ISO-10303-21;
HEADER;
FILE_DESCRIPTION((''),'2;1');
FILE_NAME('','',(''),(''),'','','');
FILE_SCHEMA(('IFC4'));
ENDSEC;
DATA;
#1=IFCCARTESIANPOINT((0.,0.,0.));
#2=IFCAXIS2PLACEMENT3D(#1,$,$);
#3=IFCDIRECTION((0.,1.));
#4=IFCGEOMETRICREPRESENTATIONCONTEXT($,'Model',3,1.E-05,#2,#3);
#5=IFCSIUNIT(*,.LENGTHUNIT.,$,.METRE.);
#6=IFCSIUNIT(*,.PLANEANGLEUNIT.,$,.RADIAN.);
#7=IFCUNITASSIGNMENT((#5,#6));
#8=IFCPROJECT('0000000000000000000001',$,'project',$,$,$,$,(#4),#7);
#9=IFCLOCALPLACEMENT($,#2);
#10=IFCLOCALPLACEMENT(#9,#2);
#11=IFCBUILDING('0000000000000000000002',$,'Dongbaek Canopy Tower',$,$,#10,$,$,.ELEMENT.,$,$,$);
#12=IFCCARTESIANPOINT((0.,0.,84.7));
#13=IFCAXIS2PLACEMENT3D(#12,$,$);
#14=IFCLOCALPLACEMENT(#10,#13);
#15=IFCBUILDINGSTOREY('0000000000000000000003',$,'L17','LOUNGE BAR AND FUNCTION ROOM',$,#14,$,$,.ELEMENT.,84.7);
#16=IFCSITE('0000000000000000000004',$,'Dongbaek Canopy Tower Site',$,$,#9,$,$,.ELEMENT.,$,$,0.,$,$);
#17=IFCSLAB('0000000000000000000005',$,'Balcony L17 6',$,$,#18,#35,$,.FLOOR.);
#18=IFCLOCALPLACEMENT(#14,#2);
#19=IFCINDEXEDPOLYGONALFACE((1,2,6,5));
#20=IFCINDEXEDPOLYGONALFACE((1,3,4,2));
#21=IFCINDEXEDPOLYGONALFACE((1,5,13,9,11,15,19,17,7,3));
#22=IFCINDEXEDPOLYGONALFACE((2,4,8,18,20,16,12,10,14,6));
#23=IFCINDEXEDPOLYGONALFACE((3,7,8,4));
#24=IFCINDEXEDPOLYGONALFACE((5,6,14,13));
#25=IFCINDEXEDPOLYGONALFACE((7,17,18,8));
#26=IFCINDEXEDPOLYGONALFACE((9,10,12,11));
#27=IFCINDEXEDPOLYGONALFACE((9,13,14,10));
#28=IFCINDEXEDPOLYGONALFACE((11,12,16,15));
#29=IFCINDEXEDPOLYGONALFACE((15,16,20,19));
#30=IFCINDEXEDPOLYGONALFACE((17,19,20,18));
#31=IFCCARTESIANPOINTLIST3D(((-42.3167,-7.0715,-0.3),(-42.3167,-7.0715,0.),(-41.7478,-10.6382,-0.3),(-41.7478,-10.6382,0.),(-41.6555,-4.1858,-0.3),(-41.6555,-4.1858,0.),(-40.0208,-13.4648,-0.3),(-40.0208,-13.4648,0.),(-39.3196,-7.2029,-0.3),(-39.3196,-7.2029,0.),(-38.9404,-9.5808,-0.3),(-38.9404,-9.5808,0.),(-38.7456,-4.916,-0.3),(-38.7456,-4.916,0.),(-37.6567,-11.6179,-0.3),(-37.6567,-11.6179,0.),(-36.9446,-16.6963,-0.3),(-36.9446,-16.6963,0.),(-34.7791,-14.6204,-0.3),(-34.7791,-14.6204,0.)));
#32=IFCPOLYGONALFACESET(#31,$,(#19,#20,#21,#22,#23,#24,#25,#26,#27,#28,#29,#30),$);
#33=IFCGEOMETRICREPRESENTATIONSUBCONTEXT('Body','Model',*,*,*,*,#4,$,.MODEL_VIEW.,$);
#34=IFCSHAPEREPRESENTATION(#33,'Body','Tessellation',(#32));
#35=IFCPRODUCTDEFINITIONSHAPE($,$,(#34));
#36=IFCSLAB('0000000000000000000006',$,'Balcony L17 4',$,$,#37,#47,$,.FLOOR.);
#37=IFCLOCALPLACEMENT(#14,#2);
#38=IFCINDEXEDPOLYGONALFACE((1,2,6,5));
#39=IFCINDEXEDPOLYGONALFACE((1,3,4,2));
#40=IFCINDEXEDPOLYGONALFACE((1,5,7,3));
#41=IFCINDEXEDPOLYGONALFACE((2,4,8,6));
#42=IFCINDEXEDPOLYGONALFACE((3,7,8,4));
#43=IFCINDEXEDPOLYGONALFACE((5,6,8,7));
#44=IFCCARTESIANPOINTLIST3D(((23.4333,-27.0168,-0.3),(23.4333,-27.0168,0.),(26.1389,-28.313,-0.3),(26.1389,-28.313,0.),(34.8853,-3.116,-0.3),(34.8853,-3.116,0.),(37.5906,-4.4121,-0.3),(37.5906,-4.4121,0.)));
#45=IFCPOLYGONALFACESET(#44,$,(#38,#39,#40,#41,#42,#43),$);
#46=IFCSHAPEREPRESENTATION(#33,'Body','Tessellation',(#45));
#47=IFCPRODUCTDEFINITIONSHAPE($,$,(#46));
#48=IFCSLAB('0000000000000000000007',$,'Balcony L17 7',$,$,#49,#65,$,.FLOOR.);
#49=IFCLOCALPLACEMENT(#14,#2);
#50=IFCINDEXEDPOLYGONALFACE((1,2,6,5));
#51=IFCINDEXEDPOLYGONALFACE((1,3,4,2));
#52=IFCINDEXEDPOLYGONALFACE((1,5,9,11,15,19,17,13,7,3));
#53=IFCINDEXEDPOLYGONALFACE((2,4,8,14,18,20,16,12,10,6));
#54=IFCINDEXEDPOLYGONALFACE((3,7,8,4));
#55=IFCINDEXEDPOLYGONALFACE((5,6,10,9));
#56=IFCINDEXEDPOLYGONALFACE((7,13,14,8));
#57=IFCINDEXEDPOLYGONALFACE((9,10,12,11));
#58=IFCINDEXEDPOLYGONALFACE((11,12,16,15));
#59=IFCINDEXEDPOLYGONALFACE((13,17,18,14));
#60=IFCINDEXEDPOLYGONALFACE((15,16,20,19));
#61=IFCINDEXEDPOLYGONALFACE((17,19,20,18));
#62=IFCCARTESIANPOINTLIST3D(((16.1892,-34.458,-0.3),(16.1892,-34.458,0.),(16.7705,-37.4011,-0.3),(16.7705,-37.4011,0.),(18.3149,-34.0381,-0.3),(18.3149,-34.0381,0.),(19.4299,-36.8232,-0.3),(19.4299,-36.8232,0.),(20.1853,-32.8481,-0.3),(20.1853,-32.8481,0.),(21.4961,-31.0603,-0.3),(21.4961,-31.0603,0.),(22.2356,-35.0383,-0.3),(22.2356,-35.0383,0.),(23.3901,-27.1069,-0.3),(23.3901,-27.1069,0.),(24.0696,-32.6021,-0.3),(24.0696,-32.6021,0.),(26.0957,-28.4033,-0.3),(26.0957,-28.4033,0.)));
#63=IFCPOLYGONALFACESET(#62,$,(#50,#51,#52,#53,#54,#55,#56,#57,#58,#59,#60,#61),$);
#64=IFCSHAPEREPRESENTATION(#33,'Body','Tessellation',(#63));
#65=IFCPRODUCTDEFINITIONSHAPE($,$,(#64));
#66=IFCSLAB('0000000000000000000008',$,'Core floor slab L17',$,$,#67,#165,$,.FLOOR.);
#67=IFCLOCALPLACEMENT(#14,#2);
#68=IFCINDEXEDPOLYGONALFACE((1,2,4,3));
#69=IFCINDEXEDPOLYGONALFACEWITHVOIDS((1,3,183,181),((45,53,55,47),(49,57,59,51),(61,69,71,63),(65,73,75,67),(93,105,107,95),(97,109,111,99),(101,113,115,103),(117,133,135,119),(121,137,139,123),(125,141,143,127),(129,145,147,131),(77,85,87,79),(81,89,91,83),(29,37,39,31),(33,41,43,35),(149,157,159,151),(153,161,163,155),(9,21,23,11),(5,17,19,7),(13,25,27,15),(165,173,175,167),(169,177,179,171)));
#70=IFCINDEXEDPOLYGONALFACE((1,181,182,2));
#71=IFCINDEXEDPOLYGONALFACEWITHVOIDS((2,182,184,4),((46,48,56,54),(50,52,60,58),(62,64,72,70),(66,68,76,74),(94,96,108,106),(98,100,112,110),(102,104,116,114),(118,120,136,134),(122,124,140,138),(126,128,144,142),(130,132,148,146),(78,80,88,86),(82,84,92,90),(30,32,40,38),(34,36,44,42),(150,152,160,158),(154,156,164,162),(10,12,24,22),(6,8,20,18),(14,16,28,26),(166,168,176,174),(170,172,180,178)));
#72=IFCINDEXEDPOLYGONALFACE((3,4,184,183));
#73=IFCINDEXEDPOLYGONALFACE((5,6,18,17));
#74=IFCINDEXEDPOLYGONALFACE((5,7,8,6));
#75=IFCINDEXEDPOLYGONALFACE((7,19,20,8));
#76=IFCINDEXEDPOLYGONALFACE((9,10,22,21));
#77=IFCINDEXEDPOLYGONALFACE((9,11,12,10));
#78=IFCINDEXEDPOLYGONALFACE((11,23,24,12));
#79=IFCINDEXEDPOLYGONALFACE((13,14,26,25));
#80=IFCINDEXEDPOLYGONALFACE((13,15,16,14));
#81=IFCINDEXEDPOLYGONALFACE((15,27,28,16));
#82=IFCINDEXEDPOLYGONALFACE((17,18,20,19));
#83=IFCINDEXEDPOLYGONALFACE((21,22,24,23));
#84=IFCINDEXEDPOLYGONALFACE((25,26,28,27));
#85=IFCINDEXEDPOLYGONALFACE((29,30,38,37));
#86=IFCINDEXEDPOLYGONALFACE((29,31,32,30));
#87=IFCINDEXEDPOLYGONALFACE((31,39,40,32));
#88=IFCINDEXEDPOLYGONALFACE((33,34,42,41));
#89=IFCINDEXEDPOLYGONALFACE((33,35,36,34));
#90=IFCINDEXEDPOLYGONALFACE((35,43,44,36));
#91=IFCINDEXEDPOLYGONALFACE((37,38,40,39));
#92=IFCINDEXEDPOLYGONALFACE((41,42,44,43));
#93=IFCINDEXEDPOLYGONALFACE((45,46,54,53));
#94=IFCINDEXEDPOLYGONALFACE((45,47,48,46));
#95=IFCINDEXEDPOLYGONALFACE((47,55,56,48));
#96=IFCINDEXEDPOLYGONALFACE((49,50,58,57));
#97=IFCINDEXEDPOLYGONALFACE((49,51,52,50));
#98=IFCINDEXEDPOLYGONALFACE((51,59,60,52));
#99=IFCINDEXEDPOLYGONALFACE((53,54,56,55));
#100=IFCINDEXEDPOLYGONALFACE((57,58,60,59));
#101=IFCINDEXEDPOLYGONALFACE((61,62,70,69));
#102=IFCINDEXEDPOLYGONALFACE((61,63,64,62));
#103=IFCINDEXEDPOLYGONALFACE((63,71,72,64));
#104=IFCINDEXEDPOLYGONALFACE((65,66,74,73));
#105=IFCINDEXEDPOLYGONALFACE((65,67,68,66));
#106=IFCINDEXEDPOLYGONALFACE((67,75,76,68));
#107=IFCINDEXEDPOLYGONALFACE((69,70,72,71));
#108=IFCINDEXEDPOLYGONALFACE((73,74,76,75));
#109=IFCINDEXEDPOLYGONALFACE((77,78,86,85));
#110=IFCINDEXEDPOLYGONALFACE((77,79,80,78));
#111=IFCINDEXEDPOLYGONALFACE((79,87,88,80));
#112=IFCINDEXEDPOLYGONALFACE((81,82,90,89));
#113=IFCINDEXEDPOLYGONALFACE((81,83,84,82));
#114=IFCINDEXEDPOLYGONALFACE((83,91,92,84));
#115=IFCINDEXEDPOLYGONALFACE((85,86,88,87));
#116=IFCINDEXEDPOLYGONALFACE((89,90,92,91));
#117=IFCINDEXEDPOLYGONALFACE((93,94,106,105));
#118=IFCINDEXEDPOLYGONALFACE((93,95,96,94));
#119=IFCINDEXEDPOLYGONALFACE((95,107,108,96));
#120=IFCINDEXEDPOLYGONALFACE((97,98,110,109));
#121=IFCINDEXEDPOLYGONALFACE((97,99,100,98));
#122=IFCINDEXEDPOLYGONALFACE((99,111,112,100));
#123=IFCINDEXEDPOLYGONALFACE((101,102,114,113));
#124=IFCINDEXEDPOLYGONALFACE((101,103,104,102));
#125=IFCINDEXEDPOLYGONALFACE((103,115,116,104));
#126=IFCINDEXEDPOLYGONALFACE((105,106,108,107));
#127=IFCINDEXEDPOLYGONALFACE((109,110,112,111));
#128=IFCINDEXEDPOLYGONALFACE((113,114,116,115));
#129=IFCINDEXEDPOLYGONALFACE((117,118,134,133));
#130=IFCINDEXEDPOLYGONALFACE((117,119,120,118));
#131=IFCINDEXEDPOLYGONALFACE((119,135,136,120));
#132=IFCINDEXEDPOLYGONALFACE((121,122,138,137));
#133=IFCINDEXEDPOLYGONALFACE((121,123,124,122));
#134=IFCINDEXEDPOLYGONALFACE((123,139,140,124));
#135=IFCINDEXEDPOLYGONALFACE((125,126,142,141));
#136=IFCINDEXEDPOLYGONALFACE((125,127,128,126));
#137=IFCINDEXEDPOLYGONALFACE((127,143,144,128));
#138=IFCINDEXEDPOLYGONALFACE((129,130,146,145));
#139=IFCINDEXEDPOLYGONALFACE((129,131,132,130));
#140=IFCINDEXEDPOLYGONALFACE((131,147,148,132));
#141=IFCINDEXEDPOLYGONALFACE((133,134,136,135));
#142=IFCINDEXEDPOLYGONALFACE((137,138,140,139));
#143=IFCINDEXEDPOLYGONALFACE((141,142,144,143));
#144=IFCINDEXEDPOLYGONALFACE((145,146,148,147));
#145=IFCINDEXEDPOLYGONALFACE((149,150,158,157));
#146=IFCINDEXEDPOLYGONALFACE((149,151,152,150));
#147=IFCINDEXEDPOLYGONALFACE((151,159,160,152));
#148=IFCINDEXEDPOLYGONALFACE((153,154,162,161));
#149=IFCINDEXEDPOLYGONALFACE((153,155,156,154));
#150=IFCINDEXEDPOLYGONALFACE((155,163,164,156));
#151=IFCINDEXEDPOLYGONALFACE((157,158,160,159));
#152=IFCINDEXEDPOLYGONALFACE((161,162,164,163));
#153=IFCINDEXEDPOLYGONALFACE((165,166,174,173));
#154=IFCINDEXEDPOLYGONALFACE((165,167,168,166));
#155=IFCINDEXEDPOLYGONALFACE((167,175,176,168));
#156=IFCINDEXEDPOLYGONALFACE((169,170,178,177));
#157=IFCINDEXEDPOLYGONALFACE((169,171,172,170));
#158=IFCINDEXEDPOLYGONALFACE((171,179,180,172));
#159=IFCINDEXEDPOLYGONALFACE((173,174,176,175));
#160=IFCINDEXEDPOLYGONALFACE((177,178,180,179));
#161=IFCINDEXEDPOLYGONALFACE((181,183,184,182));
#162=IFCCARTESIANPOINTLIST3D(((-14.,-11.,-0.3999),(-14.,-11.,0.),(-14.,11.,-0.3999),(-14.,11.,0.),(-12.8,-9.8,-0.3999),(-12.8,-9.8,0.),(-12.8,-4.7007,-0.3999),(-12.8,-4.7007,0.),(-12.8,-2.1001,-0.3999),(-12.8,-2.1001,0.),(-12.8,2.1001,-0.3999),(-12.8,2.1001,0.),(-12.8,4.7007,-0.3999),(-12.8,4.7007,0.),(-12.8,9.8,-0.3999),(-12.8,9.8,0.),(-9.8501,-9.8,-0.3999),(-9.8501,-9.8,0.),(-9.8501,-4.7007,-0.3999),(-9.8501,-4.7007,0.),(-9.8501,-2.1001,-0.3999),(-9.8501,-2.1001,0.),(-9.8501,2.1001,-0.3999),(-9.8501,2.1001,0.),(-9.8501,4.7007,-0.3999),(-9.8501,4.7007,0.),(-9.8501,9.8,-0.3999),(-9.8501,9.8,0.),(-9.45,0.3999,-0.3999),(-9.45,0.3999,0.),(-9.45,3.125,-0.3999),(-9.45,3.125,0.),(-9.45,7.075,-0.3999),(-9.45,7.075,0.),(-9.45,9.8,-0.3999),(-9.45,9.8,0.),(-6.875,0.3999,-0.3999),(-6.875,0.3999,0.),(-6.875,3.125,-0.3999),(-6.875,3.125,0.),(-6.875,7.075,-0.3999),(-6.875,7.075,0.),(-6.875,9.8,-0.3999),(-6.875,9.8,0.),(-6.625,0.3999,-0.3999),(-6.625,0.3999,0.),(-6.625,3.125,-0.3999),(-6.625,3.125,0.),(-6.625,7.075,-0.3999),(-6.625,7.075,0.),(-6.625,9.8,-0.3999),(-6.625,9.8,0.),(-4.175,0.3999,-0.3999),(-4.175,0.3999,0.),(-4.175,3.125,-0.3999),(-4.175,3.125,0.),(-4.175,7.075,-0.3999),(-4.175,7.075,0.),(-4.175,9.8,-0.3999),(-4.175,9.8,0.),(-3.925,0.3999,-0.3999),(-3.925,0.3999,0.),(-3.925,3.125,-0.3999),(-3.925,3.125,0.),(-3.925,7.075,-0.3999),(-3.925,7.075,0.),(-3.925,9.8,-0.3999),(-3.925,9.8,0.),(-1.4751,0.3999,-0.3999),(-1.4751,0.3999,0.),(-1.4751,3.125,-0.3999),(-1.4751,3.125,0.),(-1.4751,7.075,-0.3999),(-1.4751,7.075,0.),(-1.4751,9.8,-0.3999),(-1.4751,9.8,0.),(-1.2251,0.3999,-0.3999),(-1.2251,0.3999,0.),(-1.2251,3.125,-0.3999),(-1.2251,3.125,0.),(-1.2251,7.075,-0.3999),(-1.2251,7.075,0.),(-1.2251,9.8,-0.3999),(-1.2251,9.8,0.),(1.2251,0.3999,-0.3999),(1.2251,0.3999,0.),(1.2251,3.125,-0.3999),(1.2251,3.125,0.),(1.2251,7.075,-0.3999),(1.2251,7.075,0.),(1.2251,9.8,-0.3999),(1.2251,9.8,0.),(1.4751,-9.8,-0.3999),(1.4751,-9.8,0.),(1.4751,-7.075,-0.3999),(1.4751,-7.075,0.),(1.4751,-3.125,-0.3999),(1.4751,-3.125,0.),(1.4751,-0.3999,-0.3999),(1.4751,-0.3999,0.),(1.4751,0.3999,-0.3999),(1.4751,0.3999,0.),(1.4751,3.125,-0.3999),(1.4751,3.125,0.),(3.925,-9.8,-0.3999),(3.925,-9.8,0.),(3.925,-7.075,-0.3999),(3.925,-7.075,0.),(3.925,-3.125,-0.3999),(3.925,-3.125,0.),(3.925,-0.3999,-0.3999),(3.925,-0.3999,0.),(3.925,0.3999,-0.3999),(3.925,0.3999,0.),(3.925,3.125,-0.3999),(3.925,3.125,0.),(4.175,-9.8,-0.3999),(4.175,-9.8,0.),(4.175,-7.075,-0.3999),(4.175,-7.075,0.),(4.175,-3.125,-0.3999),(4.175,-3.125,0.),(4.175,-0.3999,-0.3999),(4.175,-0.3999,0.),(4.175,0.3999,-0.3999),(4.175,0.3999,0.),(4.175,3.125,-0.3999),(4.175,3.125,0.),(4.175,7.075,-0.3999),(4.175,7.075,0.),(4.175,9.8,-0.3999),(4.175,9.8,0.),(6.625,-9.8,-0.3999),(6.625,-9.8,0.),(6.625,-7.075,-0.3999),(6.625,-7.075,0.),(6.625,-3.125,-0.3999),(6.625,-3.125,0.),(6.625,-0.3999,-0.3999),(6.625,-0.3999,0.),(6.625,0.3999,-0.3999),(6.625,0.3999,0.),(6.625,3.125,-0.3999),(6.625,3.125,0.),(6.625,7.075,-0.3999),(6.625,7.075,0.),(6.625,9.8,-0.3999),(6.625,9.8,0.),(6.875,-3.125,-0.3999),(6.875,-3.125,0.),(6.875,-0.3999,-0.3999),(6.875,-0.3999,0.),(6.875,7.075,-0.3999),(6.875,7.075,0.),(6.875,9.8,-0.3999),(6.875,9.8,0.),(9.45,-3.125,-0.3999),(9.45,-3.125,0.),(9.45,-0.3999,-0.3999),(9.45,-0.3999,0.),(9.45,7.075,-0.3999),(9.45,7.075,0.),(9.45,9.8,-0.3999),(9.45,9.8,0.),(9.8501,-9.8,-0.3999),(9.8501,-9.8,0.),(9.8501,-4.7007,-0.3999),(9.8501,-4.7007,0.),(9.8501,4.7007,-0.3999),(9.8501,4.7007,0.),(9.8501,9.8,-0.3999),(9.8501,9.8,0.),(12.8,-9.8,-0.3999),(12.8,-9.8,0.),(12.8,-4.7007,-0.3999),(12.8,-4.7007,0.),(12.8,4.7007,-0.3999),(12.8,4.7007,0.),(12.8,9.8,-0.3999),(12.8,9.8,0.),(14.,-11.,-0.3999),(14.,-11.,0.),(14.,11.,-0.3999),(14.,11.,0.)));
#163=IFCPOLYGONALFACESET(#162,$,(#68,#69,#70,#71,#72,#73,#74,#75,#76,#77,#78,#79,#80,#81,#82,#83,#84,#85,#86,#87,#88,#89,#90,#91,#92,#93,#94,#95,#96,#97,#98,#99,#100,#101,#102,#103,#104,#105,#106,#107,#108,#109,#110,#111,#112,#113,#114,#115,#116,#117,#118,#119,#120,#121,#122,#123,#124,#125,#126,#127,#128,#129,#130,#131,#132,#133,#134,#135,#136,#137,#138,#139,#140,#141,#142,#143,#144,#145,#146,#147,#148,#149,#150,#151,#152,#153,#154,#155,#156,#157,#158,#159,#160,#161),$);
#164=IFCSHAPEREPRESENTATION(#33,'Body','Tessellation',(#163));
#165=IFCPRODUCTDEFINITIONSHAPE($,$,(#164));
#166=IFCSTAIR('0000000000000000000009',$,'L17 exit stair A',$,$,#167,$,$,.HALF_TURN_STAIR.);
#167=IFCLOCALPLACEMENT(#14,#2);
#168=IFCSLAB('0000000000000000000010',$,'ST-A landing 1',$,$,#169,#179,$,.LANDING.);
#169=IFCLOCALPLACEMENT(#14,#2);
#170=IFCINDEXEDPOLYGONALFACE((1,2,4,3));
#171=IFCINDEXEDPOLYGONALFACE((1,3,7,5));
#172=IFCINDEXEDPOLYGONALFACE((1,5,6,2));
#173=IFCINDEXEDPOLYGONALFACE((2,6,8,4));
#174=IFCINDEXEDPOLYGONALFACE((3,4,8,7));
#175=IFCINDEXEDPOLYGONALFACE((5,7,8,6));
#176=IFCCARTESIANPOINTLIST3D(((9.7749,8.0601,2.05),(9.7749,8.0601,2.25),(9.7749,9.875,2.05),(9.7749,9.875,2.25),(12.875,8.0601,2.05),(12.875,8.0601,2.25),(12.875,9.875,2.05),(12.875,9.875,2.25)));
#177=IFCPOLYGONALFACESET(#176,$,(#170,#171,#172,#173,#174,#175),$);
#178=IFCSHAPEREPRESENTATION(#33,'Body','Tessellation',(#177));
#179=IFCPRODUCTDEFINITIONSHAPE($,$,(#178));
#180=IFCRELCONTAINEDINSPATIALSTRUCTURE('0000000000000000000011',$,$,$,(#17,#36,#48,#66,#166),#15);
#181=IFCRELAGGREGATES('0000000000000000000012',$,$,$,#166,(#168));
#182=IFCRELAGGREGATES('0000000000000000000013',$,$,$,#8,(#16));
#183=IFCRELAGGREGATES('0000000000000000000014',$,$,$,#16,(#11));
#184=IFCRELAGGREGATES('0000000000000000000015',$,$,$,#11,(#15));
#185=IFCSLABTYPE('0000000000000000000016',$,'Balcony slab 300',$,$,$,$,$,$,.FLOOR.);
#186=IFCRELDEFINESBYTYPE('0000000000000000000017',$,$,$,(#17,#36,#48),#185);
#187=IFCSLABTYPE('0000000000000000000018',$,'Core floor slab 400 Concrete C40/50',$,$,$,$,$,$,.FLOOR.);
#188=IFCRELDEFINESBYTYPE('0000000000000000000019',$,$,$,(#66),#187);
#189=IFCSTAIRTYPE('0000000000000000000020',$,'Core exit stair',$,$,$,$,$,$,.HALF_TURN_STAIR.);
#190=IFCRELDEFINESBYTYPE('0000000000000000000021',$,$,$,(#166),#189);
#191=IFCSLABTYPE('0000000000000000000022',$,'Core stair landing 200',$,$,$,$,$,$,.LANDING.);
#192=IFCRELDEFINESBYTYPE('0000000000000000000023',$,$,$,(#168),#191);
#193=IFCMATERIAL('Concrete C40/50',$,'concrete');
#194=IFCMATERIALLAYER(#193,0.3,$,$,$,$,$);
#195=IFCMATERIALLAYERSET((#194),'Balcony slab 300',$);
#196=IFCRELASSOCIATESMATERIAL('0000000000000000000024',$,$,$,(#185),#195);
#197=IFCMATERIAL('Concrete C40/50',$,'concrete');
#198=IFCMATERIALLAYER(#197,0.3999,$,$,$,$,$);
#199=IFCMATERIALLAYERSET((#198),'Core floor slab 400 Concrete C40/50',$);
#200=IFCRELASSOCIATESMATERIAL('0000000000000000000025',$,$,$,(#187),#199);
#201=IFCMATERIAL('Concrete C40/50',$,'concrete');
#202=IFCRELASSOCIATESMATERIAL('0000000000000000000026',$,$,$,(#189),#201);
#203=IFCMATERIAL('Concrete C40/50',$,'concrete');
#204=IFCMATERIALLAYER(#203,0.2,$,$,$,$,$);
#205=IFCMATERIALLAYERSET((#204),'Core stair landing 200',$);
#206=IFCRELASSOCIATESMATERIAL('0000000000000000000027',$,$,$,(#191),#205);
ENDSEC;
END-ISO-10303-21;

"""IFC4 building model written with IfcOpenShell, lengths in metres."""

from ifc_helpers import new_model, si_unit, direction, frame, origin, place, context, subcontext, project, spatial, polyline, outline, extrude, material, layer, layer_set, type_object, element, aggregate, save


model = new_model("IFC4")

# Units and contexts
model_context = context("Model", 3, precision=1e-05, world=origin(), true_north=direction((0.0, 1.0)))
body_context = subcontext(model_context, "Body", "Model", "MODEL_VIEW")
ifc_project = project(units=[si_unit("LENGTHUNIT", "METRE"), si_unit("PLANEANGLEUNIT", "RADIAN")], contexts=[model_context])

# Site, building, storey
site_placement = place(None, origin())
site = spatial("IfcSite", under=ifc_project, at=site_placement, Name="Dongbaek Canopy Tower Site", CompositionType="ELEMENT", RefElevation=0.0)
building_placement = place(site_placement, origin())
building = spatial("IfcBuilding", under=site, at=building_placement, Name="Dongbaek Canopy Tower", CompositionType="ELEMENT")
storey_placement = place(building_placement, frame((0.0, 0.0, 84.7)))
storey = spatial("IfcBuildingStorey", under=building, at=storey_placement, Name="L17", Description="LOUNGE BAR AND FUNCTION ROOM", CompositionType="ELEMENT", Elevation=84.7)

# Slabs
ifc_material_1 = material(Name="Concrete C40/50", Category="concrete")
ifc_layer_1 = layer(ifc_material_1, 0.3)
ifc_layer_set_1 = layer_set([ifc_layer_1], Name="Balcony slab 300")
slab_type_1 = type_object("IfcSlabType", Name="Balcony slab 300", PredefinedType="FLOOR", material=ifc_layer_set_1)
slab_1_placement = place(storey_placement, frame((0.0, 0.0, -0.3)))
element("IfcSlab", 1, at=slab_1_placement, inside=storey, type_object=slab_type_1, Name="Balcony L17 6", PredefinedType="FLOOR", context=body_context, shape_type="SweptSolid", body=[
    extrude(outline(polyline([(-38.7456, -4.916), (-39.3196, -7.2029), (-38.9404, -9.5808), (-37.6567, -11.6179), (-34.7791, -14.6204), (-36.9446, -16.6963), (-40.0208, -13.4648), (-41.7478, -10.6382), (-42.3167, -7.0715), (-41.6555, -4.1858), (-38.7456, -4.916)])), origin(), (0.0, 0.0, 1.0), 0.3),
])
slab_2_placement = place(storey_placement, frame((0.0, 0.0, -0.3)))
element("IfcSlab", 2, at=slab_2_placement, inside=storey, type_object=slab_type_1, Name="Balcony L17 4", PredefinedType="FLOOR", context=body_context, shape_type="SweptSolid", body=[
    extrude(outline(polyline([(23.4333, -27.0168), (34.8853, -3.116), (37.5906, -4.4121), (26.1389, -28.313), (23.4333, -27.0168)])), origin(), (0.0, 0.0, 1.0), 0.3),
])
slab_3_placement = place(storey_placement, frame((0.0, 0.0, -0.3)))
element("IfcSlab", 3, at=slab_3_placement, inside=storey, type_object=slab_type_1, Name="Balcony L17 7", PredefinedType="FLOOR", context=body_context, shape_type="SweptSolid", body=[
    extrude(outline(polyline([(16.1892, -34.458), (18.3149, -34.0381), (20.1853, -32.8481), (21.4961, -31.0603), (23.3901, -27.1069), (26.0957, -28.4033), (24.0696, -32.6021), (22.2356, -35.0383), (19.4299, -36.8232), (16.7705, -37.4011), (16.1892, -34.458)])), origin(), (0.0, 0.0, 1.0), 0.3),
])
ifc_material_2 = material(Name="Concrete C40/50", Category="concrete")
ifc_layer_2 = layer(ifc_material_2, 0.3999)
ifc_layer_set_2 = layer_set([ifc_layer_2], Name="Core floor slab 400 Concrete C40/50")
slab_type_2 = type_object("IfcSlabType", Name="Core floor slab 400 Concrete C40/50", PredefinedType="FLOOR", material=ifc_layer_set_2)
slab_4_placement = place(storey_placement, frame((0.0, 0.0, -0.3999)))
element("IfcSlab", 4, at=slab_4_placement, inside=storey, type_object=slab_type_2, Name="Core floor slab L17", PredefinedType="FLOOR", context=body_context, shape_type="SweptSolid", body=[
    extrude(outline(polyline([(14.0, -11.0), (14.0, 11.0), (-14.0, 11.0), (-14.0, -11.0), (14.0, -11.0)]), holes=[polyline([(-12.8, 2.1001), (-9.8501, 2.1001), (-9.8501, -2.1001), (-12.8, -2.1001), (-12.8, 2.1001)]), polyline([(-6.875, 9.8), (-6.875, 7.075), (-9.45, 7.075), (-9.45, 9.8), (-6.875, 9.8)]), polyline([(-4.175, 9.8), (-4.175, 7.075), (-6.625, 7.075), (-6.625, 9.8), (-4.175, 9.8)]), polyline([(-1.4751, 9.8), (-1.4751, 7.075), (-3.925, 7.075), (-3.925, 9.8), (-1.4751, 9.8)]), polyline([(1.2251, 9.8), (1.2251, 7.075), (-1.2251, 7.075), (-1.2251, 9.8), (1.2251, 9.8)]), polyline([(6.625, 9.8), (6.625, 7.075), (4.175, 7.075), (4.175, 9.8), (6.625, 9.8)]), polyline([(9.45, 7.075), (6.875, 7.075), (6.875, 9.8), (9.45, 9.8), (9.45, 7.075)]), polyline([(-9.45, 3.125), (-6.875, 3.125), (-6.875, 0.3999), (-9.45, 0.3999), (-9.45, 3.125)]), polyline([(-6.625, 3.125), (-4.175, 3.125), (-4.175, 0.3999), (-6.625, 0.3999), (-6.625, 3.125)]), polyline([(-3.925, 3.125), (-1.4751, 3.125), (-1.4751, 0.3999), (-3.925, 0.3999), (-3.925, 3.125)]), polyline([(-1.2251, 3.125), (1.2251, 3.125), (1.2251, 0.3999), (-1.2251, 0.3999), (-1.2251, 3.125)]), polyline([(1.4751, 0.3999), (1.4751, 3.125), (3.925, 3.125), (3.925, 0.3999), (1.4751, 0.3999)]), polyline([(4.175, 0.3999), (4.175, 3.125), (6.625, 3.125), (6.625, 0.3999), (4.175, 0.3999)]), polyline([(3.925, -0.3999), (3.925, -3.125), (1.4751, -3.125), (1.4751, -0.3999), (3.925, -0.3999)]), polyline([(6.625, -0.3999), (6.625, -3.125), (4.175, -3.125), (4.175, -0.3999), (6.625, -0.3999)]), polyline([(9.45, -3.125), (6.875, -3.125), (6.875, -0.3999), (9.45, -0.3999), (9.45, -3.125)]), polyline([(1.4751, -9.8), (1.4751, -7.075), (3.925, -7.075), (3.925, -9.8), (1.4751, -9.8)]), polyline([(4.175, -9.8), (4.175, -7.075), (6.625, -7.075), (6.625, -9.8), (4.175, -9.8)]), polyline([(12.8, 4.7007), (12.8, 9.8), (9.8501, 9.8), (9.8501, 4.7007), (12.8, 4.7007)]), polyline([(-9.8501, 4.7007), (-9.8501, 9.8), (-12.8, 9.8), (-12.8, 4.7007), (-9.8501, 4.7007)]), polyline([(9.8501, -4.7007), (9.8501, -9.8), (12.8, -9.8), (12.8, -4.7007), (9.8501, -4.7007)]), polyline([(-12.8, -4.7007), (-12.8, -9.8), (-9.8501, -9.8), (-9.8501, -4.7007), (-12.8, -4.7007)])]), origin(), (0.0, 0.0, 1.0), 0.3999),
])

# Stair, slab
ifc_material_3 = material(Name="Concrete C40/50", Category="concrete")
stair_type = type_object("IfcStairType", Name="Core exit stair", PredefinedType="HALF_TURN_STAIR", material=ifc_material_3)
stair_1_placement = place(storey_placement, origin())
stair_1 = element("IfcStair", 5, at=stair_1_placement, inside=storey, type_object=stair_type, Name="L17 exit stair A", PredefinedType="HALF_TURN_STAIR")
ifc_material_4 = material(Name="Concrete C40/50", Category="concrete")
ifc_layer_3 = layer(ifc_material_4, 0.2)
ifc_layer_set_3 = layer_set([ifc_layer_3], Name="Core stair landing 200")
slab_type_3 = type_object("IfcSlabType", Name="Core stair landing 200", PredefinedType="LANDING", material=ifc_layer_set_3)
slab_5_placement = place(storey_placement, frame((0.0, 0.0, 2.05)))
slab_5 = element("IfcSlab", 6, at=slab_5_placement, type_object=slab_type_3, Name="ST-A landing 1", PredefinedType="LANDING", context=body_context, shape_type="SweptSolid", body=[
    extrude(outline(polyline([(12.875, 8.0601), (12.875, 9.875), (9.7749, 9.875), (9.7749, 8.0601), (12.875, 8.0601)])), origin(), (0.0, 0.0, 1.0), 0.2),
])
aggregate(stair_1, [slab_5])

save(model, "model.ifc")
